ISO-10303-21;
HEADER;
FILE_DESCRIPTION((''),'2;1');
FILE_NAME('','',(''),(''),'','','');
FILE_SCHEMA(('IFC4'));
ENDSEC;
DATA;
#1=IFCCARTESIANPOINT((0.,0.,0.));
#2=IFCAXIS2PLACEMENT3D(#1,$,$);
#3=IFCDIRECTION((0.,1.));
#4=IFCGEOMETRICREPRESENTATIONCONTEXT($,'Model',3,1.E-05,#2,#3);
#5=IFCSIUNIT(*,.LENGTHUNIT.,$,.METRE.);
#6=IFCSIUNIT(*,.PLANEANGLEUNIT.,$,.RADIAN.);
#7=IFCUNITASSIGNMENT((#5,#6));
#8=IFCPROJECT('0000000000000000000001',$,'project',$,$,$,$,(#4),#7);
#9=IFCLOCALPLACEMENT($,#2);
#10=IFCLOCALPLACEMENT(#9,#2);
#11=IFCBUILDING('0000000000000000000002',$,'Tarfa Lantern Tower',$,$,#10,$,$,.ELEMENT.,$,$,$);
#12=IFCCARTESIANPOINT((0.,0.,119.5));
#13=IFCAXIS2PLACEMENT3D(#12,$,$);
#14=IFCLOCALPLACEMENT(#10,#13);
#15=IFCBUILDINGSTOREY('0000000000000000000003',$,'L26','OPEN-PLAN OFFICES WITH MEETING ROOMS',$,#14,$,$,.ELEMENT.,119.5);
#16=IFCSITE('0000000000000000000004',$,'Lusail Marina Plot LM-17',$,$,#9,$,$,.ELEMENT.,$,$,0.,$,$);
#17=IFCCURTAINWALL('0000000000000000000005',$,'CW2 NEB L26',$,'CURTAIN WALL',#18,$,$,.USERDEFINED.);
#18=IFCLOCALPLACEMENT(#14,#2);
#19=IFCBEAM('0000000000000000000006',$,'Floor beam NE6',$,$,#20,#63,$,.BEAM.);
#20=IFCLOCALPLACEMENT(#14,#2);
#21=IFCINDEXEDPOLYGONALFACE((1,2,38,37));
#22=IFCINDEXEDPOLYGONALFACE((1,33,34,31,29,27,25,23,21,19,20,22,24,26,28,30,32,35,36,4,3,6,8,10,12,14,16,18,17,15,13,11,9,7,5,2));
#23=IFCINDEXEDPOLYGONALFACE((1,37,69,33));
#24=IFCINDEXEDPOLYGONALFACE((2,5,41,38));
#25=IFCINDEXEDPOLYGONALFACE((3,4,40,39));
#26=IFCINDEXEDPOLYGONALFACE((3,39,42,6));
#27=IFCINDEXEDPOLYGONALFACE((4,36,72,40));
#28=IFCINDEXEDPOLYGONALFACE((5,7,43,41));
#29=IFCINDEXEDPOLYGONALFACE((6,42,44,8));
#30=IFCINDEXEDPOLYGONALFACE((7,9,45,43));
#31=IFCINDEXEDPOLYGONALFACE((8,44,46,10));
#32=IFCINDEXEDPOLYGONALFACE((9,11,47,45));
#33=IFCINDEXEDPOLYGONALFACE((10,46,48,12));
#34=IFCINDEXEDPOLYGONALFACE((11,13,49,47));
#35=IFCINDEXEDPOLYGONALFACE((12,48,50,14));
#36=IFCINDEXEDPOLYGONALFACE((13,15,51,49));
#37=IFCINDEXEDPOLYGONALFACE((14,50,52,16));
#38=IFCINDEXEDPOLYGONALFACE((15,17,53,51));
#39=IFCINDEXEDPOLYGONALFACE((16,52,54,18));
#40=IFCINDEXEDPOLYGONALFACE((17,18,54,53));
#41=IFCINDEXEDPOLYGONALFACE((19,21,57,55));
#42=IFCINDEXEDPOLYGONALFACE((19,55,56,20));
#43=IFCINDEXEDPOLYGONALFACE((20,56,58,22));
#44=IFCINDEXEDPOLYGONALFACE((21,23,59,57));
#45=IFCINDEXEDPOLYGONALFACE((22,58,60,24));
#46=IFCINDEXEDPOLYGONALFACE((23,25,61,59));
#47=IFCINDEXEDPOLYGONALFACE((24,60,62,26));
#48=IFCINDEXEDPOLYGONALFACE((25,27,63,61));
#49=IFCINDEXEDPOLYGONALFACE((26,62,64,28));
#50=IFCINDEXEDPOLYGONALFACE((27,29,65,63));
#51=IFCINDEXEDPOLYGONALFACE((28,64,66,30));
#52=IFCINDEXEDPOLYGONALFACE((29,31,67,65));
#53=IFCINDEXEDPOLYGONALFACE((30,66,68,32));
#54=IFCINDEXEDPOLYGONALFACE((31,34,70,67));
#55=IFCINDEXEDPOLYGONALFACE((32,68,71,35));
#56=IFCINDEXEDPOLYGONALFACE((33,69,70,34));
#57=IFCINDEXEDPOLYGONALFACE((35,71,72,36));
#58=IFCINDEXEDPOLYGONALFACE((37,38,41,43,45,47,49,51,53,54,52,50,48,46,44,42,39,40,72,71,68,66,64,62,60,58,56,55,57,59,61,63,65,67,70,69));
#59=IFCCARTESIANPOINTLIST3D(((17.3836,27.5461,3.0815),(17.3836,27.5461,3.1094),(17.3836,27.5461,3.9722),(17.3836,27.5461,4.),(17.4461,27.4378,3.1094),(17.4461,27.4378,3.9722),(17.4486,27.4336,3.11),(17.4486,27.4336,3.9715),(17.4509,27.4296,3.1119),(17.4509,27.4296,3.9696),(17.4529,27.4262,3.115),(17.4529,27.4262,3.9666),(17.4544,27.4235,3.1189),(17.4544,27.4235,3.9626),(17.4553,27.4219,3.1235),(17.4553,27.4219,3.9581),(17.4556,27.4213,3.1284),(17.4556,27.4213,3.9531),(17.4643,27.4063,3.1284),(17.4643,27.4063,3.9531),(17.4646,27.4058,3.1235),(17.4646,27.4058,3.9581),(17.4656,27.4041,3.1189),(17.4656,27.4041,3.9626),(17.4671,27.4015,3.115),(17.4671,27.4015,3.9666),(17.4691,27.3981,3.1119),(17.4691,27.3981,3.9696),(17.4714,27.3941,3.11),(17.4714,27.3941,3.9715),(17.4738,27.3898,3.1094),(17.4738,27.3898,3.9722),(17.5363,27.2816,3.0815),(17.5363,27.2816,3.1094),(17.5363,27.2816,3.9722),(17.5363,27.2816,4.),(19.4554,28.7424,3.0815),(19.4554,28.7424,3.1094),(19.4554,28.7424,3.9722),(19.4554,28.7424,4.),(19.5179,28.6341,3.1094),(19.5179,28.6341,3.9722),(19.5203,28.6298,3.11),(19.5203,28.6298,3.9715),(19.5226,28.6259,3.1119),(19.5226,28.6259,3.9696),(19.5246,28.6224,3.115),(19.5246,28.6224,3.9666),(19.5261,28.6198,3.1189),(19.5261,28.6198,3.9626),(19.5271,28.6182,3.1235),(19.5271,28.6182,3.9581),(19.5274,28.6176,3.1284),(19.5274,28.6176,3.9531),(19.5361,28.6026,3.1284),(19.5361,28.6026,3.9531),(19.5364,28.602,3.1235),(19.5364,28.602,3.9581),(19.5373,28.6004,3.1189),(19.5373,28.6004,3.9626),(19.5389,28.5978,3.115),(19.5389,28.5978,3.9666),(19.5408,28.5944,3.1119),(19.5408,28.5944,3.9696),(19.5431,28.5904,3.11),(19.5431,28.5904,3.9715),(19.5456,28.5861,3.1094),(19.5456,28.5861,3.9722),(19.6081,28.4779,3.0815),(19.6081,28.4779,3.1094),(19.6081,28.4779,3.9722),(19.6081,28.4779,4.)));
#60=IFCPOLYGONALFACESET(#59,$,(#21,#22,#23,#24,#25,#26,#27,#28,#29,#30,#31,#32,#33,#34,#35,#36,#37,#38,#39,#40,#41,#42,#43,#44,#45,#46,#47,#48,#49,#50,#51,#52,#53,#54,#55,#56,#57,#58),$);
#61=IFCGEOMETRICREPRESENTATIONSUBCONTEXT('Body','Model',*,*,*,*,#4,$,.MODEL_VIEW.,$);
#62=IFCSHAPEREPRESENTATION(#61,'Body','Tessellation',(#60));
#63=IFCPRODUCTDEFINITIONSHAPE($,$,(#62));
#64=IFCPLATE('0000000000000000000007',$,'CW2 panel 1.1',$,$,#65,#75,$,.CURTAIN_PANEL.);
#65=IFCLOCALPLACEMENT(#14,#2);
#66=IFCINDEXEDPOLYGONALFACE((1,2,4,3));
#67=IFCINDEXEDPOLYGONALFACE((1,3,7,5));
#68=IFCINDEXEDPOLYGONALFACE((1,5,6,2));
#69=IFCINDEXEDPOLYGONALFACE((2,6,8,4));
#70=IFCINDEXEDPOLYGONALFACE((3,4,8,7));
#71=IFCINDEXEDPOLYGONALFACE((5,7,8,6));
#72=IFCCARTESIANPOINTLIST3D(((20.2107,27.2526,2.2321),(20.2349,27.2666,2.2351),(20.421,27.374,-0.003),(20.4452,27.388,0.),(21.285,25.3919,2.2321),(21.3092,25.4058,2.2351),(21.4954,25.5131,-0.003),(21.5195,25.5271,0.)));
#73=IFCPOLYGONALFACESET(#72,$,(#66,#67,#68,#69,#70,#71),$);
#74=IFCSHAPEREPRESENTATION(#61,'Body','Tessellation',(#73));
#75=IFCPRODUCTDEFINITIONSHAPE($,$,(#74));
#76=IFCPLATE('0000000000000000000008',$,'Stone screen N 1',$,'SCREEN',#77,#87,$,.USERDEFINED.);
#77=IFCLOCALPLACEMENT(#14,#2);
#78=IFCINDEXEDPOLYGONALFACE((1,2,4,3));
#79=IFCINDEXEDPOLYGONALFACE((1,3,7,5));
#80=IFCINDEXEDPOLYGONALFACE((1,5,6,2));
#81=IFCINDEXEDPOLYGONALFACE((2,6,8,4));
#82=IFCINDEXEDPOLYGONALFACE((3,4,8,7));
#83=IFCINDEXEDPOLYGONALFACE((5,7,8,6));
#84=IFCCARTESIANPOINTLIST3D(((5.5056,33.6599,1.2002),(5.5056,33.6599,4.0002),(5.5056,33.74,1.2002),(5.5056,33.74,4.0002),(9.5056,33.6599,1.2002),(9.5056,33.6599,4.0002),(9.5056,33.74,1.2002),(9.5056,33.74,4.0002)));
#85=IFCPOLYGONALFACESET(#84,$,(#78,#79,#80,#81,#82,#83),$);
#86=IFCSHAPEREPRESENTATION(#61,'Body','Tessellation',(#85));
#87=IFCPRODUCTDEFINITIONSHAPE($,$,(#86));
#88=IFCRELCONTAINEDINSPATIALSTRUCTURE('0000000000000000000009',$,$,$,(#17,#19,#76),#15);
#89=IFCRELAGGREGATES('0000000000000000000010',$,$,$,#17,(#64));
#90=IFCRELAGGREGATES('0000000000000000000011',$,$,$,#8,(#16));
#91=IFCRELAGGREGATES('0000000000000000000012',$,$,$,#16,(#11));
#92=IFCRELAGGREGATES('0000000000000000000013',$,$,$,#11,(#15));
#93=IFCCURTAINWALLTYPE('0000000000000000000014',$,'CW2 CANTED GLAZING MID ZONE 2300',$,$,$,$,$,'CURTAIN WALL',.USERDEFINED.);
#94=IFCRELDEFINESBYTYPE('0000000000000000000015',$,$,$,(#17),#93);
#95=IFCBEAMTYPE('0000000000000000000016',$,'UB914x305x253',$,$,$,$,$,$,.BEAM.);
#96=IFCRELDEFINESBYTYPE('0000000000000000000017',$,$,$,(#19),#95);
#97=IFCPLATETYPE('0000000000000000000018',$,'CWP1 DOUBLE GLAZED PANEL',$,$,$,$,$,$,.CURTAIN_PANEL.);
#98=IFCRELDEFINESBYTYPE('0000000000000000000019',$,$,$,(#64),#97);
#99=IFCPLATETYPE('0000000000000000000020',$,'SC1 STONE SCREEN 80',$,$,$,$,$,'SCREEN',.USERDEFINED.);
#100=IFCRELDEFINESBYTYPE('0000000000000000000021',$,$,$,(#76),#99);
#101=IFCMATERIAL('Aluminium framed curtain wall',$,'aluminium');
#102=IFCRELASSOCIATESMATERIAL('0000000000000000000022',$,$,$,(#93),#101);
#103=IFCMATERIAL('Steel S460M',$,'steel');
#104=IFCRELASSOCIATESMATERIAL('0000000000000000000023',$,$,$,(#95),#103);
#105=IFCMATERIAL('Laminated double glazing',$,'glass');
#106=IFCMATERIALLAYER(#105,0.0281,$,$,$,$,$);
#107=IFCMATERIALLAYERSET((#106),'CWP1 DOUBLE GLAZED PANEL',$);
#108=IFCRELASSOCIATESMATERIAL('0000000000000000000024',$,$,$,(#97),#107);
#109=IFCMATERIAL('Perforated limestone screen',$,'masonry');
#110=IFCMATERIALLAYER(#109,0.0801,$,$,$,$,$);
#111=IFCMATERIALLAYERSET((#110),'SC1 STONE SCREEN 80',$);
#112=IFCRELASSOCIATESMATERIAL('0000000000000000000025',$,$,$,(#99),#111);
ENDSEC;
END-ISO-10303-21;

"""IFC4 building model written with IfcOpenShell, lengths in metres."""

from ifc_helpers import new_model, si_unit, direction, frame, origin, origin_2d, place, context, subcontext, project, spatial, polyline, rectangle, i_section, outline, extrude, material, layer, layer_set, material_profile, profile_set, type_object, element, aggregate, save


model = new_model("IFC4")

# Units and contexts
model_context = context("Model", 3, precision=1e-05, world=origin(), true_north=direction((0.0, 1.0)))
body_context = subcontext(model_context, "Body", "Model", "MODEL_VIEW")
ifc_project = project(units=[si_unit("LENGTHUNIT", "METRE"), si_unit("PLANEANGLEUNIT", "RADIAN")], contexts=[model_context])

# Site, building, storey
site_placement = place(None, origin())
site = spatial("IfcSite", under=ifc_project, at=site_placement, Name="Lusail Marina Plot LM-17", CompositionType="ELEMENT", RefElevation=0.0)
building_placement = place(site_placement, origin())
building = spatial("IfcBuilding", under=site, at=building_placement, Name="Tarfa Lantern Tower", CompositionType="ELEMENT")
storey_placement = place(building_placement, frame((0.0, 0.0, 119.5)))
storey = spatial("IfcBuildingStorey", under=building, at=storey_placement, Name="L26", Description="OPEN-PLAN OFFICES WITH MEETING ROOMS", CompositionType="ELEMENT", Elevation=119.5)

# Shared definitions
ifc_material_1 = material(Name="Aluminium framed curtain wall", Category="aluminium")
curtain_wall_type_1 = type_object("IfcCurtainWallType", Name="CW2 CANTED GLAZING MID ZONE 2300", ElementType="CURTAIN WALL", PredefinedType="USERDEFINED", material=ifc_material_1)

# Curtain wall
curtain_wall_1_placement = place(storey_placement, origin())
curtain_wall_1 = element("IfcCurtainWall", 1, at=curtain_wall_1_placement, inside=storey, type_object=curtain_wall_type_1, Name="CW2 NEB L26", ObjectType="CURTAIN WALL", PredefinedType="USERDEFINED")

# Beam
ifc_material_2 = material(Name="Steel S460M", Category="steel")
ifc_material_profile_1 = material_profile(ifc_material_2, i_section(OverallWidth=0.3054, OverallDepth=0.9185, WebThickness=0.0173, FlangeThickness=0.0278, FilletRadius=0.019, at=origin_2d()), Name="UB914x305x253")
ifc_profile_set_1 = profile_set([ifc_material_profile_1], Name="Steel S460M")
beam_type_1 = type_object("IfcBeamType", Name="UB914x305x253", PredefinedType="BEAM", material=ifc_profile_set_1)
beam_1_placement = place(storey_placement, frame((19.5317, 28.6101, 3.5408), z_axis=(-0.865999, -0.500046, 0.0), x_axis=(0.500046, -0.865999, 0.0)))
element("IfcBeam", 2, at=beam_1_placement, inside=storey, type_object=beam_type_1, Name="Floor beam NE6", PredefinedType="BEAM", context=body_context, shape_type="SweptSolid", body=[
    extrude(i_section(OverallWidth=0.3054, OverallDepth=0.9185, WebThickness=0.0173, FlangeThickness=0.0278, FilletRadius=0.019, at=origin_2d()), origin(), (0.0, 0.0, 1.0), 2.3923),
])

# Plates
ifc_material_3 = material(Name="Laminated double glazing", Category="glass")
ifc_layer_1 = layer(ifc_material_3, 0.0281)
ifc_layer_set_1 = layer_set([ifc_layer_1], Name="CWP1 DOUBLE GLAZED PANEL")
plate_type_1 = type_object("IfcPlateType", Name="CWP1 DOUBLE GLAZED PANEL", PredefinedType="CURTAIN_PANEL", material=ifc_layer_set_1)
plate_1_placement = place(storey_placement, frame((21.5195, 25.5271, 0.0), z_axis=(0.860963, 0.49707, 0.108003), x_axis=(-0.499995, 0.866028, 0.000005)))
plate_1 = element("IfcPlate", 3, at=plate_1_placement, type_object=plate_type_1, Name="CW2 panel 1.1", PredefinedType="CURTAIN_PANEL", context=body_context, shape_type="SweptSolid", body=[
    extrude(outline(polyline([(0.0, 0.0), (2.1488, 0.0), (2.1488, 2.2482), (0.0002, 2.2483), (0.0, 0.0)])), origin(), (0.0, 0.0, -1.0), 0.0281),
])
aggregate(curtain_wall_1, [plate_1])
ifc_material_4 = material(Name="Perforated limestone screen", Category="masonry")
ifc_layer_2 = layer(ifc_material_4, 0.0801)
ifc_layer_set_2 = layer_set([ifc_layer_2], Name="SC1 STONE SCREEN 80")
plate_type_2 = type_object("IfcPlateType", Name="SC1 STONE SCREEN 80", ElementType="SCREEN", PredefinedType="USERDEFINED", material=ifc_layer_set_2)
plate_2_placement = place(storey_placement, frame((7.5056, 33.7, 1.2002), z_axis=(0.0, 0.0, 1.0), x_axis=(-1.0, 0.0, 0.0)))
element("IfcPlate", 4, at=plate_2_placement, inside=storey, type_object=plate_type_2, Name="Stone screen N 1", ObjectType="SCREEN", PredefinedType="USERDEFINED", context=body_context, shape_type="SweptSolid", body=[
    extrude(rectangle(XDim=4.0, YDim=0.0801, at=origin_2d()), origin(), (0.0, 0.0, 1.0), 2.8),
])

save(model, "model.ifc")
